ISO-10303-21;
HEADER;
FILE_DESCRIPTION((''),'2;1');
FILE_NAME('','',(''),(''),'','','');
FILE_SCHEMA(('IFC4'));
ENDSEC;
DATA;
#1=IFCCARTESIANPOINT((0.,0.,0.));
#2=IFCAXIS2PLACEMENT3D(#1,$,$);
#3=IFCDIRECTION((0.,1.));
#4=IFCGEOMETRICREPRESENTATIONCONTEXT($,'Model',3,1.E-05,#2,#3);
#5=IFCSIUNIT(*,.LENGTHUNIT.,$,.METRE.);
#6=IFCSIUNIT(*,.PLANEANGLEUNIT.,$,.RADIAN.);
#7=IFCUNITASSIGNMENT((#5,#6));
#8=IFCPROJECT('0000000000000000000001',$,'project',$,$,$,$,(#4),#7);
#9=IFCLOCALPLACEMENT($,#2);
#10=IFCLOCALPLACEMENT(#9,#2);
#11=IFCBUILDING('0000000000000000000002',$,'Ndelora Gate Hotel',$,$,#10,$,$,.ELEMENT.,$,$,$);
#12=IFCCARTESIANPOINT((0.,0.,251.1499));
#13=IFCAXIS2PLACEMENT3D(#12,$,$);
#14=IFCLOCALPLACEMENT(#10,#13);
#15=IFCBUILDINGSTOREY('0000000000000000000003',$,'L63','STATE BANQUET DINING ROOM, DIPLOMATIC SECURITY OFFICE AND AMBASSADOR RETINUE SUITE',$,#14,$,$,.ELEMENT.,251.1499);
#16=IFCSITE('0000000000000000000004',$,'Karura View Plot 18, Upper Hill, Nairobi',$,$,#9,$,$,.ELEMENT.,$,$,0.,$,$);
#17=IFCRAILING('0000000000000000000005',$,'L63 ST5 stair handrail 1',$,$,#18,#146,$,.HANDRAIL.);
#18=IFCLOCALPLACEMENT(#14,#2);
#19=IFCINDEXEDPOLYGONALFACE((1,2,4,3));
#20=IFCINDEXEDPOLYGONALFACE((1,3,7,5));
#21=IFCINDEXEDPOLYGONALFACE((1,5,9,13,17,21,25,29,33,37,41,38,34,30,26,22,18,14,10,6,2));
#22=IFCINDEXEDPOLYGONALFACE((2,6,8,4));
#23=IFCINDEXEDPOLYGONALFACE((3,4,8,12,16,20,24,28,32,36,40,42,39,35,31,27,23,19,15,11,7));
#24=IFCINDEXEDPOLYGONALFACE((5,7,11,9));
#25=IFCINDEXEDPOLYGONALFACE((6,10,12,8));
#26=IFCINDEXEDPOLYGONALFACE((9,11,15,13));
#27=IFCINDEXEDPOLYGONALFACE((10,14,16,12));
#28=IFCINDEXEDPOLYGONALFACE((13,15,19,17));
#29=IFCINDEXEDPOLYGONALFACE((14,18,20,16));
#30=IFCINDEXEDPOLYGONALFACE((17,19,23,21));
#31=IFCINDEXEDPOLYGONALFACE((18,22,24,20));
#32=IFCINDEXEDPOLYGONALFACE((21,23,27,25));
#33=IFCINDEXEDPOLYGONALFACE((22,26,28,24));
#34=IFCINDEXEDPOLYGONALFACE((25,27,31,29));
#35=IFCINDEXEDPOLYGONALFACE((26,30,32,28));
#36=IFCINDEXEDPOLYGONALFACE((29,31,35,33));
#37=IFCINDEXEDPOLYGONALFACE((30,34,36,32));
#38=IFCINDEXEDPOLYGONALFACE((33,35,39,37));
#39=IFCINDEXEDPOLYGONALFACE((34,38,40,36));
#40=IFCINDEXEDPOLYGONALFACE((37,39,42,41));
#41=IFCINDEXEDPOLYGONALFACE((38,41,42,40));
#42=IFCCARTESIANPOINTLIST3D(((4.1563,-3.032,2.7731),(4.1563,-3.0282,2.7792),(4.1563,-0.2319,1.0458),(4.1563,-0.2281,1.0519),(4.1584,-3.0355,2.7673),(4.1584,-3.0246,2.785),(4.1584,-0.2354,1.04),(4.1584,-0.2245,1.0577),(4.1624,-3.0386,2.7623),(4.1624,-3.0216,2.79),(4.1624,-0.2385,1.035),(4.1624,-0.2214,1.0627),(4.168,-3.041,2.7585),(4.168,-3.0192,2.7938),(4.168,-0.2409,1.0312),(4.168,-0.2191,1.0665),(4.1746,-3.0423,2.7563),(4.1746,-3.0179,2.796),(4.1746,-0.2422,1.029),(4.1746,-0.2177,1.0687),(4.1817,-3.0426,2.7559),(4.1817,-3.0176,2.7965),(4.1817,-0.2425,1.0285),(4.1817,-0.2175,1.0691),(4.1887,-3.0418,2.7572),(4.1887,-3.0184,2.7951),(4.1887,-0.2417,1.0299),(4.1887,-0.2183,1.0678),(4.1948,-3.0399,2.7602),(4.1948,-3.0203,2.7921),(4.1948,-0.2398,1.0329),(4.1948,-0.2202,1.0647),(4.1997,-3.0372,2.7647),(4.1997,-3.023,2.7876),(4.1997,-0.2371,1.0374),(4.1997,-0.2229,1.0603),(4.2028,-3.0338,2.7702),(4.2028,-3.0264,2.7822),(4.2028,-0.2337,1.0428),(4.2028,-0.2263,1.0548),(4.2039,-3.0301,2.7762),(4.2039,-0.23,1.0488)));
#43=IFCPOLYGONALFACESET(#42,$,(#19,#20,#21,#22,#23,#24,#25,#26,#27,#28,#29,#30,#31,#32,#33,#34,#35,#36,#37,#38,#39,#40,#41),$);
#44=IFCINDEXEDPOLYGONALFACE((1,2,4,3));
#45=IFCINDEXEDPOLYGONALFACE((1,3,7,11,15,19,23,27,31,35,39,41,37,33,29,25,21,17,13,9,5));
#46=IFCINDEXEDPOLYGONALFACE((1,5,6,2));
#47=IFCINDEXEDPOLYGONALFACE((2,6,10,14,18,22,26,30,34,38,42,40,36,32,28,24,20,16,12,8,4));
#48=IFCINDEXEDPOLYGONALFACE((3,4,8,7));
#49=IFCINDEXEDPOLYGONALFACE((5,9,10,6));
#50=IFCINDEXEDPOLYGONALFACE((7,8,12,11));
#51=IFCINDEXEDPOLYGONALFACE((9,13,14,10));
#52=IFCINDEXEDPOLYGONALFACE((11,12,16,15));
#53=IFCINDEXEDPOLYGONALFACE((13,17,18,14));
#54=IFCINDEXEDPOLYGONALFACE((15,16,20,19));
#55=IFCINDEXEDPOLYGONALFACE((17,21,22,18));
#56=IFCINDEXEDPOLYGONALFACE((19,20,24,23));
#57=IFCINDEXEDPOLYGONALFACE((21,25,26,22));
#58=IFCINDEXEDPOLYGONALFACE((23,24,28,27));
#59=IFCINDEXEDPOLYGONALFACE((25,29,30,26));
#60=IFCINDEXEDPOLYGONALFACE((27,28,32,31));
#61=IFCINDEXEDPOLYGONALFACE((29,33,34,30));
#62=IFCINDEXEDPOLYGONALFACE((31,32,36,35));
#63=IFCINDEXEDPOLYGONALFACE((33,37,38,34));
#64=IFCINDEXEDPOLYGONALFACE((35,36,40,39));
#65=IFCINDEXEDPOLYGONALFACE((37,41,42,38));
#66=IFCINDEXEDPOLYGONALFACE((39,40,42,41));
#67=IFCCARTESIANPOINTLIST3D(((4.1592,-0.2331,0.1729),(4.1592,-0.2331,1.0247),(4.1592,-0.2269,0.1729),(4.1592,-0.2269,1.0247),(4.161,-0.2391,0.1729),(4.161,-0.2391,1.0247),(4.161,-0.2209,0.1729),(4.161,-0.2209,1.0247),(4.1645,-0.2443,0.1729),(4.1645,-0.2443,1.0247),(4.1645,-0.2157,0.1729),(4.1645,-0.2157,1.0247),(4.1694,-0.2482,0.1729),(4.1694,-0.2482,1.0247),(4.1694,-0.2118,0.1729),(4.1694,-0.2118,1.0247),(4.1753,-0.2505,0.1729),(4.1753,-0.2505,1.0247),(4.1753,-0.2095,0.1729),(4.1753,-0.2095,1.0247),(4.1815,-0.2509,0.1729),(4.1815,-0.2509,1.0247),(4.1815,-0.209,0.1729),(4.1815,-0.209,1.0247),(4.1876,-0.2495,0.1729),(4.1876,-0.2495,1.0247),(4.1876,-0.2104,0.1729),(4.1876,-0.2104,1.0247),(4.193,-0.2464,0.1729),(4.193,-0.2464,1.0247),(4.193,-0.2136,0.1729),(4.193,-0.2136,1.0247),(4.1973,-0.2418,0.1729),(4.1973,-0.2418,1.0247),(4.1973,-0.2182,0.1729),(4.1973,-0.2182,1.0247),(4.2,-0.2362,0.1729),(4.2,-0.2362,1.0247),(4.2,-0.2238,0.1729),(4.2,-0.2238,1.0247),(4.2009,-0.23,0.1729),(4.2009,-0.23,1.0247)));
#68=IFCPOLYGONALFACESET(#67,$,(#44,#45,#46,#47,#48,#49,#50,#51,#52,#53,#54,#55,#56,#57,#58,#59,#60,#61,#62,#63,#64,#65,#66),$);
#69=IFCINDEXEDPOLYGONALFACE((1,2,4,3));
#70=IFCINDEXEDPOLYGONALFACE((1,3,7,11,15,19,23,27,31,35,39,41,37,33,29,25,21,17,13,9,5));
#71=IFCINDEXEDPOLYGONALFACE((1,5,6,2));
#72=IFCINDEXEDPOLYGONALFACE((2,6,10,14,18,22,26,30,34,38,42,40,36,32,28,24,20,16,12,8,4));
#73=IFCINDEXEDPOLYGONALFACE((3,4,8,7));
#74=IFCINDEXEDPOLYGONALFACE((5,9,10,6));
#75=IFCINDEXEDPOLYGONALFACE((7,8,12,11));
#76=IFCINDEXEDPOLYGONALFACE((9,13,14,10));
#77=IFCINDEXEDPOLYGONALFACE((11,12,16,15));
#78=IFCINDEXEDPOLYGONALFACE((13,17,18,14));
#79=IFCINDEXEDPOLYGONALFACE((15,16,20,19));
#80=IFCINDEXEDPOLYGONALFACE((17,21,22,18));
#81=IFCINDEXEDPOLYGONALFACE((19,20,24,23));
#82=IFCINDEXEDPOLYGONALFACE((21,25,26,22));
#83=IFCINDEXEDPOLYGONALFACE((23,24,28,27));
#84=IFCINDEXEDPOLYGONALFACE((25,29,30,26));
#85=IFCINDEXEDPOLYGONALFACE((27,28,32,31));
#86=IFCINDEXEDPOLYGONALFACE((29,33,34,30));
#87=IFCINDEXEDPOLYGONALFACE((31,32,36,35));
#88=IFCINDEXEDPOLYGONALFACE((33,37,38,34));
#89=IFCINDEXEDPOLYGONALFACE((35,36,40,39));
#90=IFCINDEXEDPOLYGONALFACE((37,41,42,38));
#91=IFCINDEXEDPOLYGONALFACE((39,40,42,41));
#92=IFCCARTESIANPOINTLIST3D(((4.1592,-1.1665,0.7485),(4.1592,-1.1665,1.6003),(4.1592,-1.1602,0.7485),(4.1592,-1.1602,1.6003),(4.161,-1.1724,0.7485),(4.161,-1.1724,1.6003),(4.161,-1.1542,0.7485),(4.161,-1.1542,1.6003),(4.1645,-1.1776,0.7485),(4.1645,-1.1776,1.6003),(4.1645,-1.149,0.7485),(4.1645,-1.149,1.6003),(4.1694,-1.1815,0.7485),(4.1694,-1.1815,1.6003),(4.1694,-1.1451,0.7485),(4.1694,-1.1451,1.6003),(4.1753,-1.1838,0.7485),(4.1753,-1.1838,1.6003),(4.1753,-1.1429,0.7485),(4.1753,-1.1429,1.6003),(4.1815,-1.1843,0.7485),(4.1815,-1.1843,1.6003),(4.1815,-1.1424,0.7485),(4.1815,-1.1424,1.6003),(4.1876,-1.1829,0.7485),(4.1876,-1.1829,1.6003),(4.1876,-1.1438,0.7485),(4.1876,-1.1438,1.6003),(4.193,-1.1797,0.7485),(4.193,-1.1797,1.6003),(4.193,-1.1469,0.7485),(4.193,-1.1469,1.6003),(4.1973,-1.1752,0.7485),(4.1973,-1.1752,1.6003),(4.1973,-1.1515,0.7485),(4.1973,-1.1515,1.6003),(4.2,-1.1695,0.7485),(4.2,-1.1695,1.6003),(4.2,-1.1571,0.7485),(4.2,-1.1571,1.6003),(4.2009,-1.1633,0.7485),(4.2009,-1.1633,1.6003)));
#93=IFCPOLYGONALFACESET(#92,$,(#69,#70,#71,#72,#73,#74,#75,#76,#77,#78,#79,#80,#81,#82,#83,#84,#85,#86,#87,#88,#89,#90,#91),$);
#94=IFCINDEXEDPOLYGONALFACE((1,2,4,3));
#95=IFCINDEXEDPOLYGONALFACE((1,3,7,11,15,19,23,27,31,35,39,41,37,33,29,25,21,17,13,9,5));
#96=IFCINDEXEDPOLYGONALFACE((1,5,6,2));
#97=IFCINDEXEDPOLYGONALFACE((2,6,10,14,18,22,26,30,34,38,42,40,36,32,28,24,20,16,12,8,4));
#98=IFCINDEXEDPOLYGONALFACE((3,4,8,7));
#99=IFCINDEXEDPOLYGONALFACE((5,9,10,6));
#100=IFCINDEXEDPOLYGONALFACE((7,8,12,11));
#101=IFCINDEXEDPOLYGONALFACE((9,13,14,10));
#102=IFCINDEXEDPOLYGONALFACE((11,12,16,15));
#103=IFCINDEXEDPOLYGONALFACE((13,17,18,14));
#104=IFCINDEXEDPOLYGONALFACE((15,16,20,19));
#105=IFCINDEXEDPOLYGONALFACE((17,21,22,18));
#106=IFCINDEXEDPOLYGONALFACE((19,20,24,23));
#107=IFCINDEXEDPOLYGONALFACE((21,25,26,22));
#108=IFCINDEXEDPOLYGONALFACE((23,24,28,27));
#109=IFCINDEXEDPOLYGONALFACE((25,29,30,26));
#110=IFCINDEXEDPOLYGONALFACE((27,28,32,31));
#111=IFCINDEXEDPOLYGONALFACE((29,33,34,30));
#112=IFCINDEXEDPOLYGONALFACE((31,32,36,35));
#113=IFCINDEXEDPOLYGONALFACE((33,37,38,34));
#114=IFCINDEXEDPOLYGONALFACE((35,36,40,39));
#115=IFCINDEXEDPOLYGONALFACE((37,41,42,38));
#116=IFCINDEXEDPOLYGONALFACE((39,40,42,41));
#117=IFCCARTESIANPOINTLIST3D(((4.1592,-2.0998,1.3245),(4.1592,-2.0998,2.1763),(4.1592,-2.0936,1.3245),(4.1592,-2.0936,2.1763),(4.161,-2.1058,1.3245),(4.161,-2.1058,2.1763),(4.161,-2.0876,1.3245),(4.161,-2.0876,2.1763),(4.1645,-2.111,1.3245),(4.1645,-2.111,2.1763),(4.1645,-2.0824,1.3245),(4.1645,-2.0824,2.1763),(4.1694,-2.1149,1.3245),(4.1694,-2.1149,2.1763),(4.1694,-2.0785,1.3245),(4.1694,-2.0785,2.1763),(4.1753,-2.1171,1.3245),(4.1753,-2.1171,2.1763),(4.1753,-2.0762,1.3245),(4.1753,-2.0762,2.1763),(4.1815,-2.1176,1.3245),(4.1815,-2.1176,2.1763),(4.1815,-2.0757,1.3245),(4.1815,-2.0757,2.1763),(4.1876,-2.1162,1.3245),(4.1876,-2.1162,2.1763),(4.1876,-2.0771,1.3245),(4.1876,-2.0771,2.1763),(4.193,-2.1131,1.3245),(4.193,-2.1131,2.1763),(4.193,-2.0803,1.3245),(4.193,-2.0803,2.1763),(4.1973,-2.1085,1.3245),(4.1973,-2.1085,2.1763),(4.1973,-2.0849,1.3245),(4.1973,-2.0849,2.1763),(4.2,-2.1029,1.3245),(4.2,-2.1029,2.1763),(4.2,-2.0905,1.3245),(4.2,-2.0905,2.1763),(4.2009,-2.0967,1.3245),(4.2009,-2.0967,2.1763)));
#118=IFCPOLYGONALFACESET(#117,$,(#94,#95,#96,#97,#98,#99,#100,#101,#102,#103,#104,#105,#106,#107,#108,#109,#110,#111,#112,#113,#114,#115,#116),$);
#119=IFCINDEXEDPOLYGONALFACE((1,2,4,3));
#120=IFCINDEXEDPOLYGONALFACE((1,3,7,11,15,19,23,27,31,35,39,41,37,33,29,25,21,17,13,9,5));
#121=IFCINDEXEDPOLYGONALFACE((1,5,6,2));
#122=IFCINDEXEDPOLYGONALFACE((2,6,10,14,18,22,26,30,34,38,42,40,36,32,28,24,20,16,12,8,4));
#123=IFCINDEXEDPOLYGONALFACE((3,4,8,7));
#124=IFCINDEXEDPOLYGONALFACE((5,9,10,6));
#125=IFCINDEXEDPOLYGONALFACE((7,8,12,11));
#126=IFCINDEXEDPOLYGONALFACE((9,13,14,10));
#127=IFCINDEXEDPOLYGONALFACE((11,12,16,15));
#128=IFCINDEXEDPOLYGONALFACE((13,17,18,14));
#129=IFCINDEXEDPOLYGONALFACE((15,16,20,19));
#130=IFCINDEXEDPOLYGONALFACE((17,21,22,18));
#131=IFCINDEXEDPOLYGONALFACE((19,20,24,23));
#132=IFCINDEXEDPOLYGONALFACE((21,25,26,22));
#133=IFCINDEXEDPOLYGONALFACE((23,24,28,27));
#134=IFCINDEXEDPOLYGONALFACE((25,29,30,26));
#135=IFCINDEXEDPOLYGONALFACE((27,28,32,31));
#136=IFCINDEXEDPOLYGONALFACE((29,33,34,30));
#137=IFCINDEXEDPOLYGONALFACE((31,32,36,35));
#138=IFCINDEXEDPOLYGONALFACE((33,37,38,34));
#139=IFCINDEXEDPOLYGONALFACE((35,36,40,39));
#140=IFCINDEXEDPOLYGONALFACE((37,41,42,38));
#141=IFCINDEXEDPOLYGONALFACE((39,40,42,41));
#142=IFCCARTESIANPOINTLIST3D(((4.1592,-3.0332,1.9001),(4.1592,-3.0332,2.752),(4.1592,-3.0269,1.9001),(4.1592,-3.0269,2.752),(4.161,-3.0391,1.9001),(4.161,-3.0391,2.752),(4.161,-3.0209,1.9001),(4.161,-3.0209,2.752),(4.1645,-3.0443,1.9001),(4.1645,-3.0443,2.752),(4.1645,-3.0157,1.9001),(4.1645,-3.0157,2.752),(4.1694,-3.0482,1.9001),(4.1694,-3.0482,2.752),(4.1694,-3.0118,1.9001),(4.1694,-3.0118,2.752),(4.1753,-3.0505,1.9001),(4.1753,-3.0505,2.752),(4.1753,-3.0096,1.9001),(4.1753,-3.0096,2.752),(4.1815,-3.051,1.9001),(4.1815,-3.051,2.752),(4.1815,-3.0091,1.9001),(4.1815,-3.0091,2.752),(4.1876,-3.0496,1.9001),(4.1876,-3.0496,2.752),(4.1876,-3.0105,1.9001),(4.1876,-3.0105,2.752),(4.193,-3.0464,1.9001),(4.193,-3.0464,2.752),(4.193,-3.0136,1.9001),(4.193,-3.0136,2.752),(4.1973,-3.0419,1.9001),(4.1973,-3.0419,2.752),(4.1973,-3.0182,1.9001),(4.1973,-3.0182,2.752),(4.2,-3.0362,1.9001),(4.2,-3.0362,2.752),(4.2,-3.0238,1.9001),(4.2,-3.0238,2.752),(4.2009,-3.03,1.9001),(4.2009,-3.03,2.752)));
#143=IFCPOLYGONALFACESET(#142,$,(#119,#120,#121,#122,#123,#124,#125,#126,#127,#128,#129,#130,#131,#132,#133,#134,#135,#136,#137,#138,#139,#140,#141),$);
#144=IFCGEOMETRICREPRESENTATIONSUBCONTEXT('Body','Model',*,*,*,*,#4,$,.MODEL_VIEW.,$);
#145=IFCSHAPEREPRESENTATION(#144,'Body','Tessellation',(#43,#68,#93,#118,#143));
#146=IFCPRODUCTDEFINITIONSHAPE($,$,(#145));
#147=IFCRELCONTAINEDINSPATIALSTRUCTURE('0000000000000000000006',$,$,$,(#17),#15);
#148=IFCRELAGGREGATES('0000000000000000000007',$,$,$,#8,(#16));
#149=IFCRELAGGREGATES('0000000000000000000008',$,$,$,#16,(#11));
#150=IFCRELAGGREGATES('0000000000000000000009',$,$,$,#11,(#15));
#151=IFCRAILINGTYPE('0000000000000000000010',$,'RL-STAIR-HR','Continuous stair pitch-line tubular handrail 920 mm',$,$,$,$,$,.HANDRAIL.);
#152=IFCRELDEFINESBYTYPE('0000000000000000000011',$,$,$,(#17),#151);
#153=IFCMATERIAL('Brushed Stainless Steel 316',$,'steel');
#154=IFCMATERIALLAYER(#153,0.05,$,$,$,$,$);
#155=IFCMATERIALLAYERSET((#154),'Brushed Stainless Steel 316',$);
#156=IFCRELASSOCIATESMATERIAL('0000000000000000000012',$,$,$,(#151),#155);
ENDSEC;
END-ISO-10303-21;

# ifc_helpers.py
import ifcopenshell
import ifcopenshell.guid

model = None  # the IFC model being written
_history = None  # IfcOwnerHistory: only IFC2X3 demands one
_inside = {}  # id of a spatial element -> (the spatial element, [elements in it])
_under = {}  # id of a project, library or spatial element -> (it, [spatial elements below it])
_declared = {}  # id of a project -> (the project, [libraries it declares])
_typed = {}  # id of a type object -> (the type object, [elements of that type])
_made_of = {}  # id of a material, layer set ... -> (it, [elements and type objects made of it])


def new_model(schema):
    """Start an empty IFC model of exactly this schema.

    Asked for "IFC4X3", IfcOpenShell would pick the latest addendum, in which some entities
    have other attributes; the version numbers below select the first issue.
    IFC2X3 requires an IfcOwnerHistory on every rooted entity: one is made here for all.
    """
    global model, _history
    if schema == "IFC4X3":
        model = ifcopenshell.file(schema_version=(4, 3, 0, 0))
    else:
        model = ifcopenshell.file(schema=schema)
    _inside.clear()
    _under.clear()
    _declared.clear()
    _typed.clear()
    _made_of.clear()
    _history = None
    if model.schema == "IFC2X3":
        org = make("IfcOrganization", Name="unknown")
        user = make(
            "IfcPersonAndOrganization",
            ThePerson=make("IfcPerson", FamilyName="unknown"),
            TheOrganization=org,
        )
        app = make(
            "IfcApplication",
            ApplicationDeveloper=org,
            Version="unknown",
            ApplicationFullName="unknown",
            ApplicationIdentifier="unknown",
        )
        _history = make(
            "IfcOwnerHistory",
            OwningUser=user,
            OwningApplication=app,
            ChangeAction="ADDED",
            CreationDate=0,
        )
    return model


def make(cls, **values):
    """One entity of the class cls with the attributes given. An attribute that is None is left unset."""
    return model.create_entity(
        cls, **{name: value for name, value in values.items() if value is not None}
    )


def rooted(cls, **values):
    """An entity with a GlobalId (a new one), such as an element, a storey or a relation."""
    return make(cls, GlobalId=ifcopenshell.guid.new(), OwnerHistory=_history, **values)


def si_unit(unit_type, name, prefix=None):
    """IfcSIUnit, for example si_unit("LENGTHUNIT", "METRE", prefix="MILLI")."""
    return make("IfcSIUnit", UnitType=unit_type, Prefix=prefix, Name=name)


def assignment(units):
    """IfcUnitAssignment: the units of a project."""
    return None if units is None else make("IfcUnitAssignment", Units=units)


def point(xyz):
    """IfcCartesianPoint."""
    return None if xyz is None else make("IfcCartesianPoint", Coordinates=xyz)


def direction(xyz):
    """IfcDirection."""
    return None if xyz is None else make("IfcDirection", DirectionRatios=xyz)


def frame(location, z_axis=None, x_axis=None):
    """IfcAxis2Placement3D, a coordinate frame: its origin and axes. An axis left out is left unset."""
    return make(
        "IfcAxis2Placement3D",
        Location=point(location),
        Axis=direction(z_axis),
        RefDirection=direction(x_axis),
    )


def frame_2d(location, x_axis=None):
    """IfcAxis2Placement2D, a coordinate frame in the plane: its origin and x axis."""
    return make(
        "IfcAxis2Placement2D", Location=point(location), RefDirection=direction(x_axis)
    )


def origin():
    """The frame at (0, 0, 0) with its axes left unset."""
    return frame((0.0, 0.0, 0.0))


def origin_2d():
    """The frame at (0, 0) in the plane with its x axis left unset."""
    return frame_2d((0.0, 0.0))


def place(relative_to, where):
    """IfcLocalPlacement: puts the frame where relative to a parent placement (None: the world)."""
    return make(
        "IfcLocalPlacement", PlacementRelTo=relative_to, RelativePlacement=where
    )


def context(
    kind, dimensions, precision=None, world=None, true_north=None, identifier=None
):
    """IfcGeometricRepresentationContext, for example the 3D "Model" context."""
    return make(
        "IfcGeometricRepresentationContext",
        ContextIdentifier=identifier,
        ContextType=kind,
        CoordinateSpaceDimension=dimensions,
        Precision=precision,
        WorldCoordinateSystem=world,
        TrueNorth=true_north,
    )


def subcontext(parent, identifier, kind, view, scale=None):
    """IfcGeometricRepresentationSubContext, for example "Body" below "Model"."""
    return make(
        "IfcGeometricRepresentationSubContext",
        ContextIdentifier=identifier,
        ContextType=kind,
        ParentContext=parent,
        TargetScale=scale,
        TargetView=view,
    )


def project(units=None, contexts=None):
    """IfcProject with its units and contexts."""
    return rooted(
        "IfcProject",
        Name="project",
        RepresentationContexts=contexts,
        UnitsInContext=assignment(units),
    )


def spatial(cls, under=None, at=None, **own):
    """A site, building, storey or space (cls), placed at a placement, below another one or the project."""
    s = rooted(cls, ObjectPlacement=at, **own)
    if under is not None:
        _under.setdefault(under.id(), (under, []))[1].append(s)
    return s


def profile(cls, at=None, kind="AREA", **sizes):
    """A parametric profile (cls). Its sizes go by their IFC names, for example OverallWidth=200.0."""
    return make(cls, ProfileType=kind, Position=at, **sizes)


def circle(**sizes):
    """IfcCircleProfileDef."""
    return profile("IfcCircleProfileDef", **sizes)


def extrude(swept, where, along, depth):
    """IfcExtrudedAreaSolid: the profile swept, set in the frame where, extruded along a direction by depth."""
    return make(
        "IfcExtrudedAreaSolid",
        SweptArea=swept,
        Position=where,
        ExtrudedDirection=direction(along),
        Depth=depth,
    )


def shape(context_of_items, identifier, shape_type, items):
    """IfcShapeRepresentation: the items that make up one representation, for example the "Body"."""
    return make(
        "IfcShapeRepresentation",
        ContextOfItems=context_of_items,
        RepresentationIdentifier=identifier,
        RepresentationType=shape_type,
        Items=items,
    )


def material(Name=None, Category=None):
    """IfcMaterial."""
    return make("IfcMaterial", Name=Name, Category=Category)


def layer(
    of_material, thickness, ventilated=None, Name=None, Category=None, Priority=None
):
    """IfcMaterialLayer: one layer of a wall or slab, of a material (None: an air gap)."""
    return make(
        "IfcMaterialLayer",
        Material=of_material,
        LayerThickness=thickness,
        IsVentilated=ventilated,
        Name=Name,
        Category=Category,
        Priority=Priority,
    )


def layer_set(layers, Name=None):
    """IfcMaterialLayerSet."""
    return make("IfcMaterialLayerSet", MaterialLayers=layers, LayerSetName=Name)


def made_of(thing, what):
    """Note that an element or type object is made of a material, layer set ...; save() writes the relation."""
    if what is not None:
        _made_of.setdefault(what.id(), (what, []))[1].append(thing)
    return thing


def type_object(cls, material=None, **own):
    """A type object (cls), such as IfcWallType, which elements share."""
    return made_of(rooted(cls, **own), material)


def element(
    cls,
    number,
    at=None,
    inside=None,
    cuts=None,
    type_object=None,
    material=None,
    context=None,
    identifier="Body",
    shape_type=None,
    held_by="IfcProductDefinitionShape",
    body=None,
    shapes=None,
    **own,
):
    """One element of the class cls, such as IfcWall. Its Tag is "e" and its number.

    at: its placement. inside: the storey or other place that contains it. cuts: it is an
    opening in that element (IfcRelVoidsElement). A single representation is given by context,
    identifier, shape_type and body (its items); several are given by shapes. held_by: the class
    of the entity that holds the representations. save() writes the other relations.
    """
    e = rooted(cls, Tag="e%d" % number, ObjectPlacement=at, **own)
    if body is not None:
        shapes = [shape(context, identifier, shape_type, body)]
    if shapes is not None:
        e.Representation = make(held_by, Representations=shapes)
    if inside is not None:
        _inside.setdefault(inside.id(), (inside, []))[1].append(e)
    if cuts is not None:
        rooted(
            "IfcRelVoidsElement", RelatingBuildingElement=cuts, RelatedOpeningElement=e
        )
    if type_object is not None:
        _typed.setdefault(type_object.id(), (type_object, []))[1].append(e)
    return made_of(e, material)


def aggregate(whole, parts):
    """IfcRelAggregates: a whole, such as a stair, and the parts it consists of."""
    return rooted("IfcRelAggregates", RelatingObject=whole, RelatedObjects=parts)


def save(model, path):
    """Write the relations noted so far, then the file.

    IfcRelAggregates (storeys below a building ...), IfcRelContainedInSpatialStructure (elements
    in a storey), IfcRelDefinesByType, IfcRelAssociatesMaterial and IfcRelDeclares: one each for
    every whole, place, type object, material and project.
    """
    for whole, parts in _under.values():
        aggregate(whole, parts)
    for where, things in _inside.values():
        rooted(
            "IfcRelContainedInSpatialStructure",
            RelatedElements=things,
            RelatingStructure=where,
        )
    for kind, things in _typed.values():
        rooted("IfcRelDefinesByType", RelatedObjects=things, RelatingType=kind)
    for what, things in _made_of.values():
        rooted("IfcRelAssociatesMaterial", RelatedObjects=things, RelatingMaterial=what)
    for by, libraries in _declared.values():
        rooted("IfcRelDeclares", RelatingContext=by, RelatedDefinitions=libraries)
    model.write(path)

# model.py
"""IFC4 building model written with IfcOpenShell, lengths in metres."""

from ifc_helpers import new_model, si_unit, direction, frame, origin, origin_2d, place, context, subcontext, project, spatial, circle, extrude, material, layer, layer_set, type_object, element, save


model = new_model("IFC4")

# Units and contexts
model_context = context("Model", 3, precision=1e-05, world=origin(), true_north=direction((0.0, 1.0)))
body_context = subcontext(model_context, "Body", "Model", "MODEL_VIEW")
ifc_project = project(units=[si_unit("LENGTHUNIT", "METRE"), si_unit("PLANEANGLEUNIT", "RADIAN")], contexts=[model_context])

# Site, building, storey
site_placement = place(None, origin())
site = spatial("IfcSite", under=ifc_project, at=site_placement, Name="Karura View Plot 18, Upper Hill, Nairobi", CompositionType="ELEMENT", RefElevation=0.0)
building_placement = place(site_placement, origin())
building = spatial("IfcBuilding", under=site, at=building_placement, Name="Ndelora Gate Hotel", CompositionType="ELEMENT")
storey_placement = place(building_placement, frame((0.0, 0.0, 251.1499)))
storey = spatial("IfcBuildingStorey", under=building, at=storey_placement, Name="L63", Description="STATE BANQUET DINING ROOM, DIPLOMATIC SECURITY OFFICE AND AMBASSADOR RETINUE SUITE", CompositionType="ELEMENT", Elevation=251.1499)

# Railing
ifc_material_1 = material(Name="Brushed Stainless Steel 316", Category="steel")
ifc_layer_1 = layer(ifc_material_1, 0.05)
ifc_layer_set_1 = layer_set([ifc_layer_1], Name="Brushed Stainless Steel 316")
railing_type_1 = type_object("IfcRailingType", Name="RL-STAIR-HR", Description="Continuous stair pitch-line tubular handrail 920 mm", PredefinedType="HANDRAIL", material=ifc_layer_set_1)
railing_1_placement = place(storey_placement, frame((4.1799, -0.23, 0.1729)))
element("IfcRailing", 1, at=railing_1_placement, inside=storey, type_object=railing_type_1, Name="L63 ST5 stair handrail 1", PredefinedType="HANDRAIL", context=body_context, shape_type="SweptSolid", body=[
    extrude(circle(Radius=0.0239, at=origin_2d()), frame((0.0, 0.0, 0.876), z_axis=(0.0, -0.85109, 0.52502), x_axis=(1.0, 0.0, 0.0)), (0.0, 0.0, 1.0), 3.29),
    extrude(circle(Radius=0.021, at=origin_2d()), origin(), (0.0, 0.0, 1.0), 0.8518),
    extrude(circle(Radius=0.021, at=origin_2d()), frame((0.0, -0.9333, 0.5757)), (0.0, 0.0, 1.0), 0.8518),
    extrude(circle(Radius=0.021, at=origin_2d()), frame((0.0, -1.8667, 1.1516)), (0.0, 0.0, 1.0), 0.8518),
    extrude(circle(Radius=0.021, at=origin_2d()), frame((0.0, -2.8, 1.7273)), (0.0, 0.0, 1.0), 0.8518),
])

save(model, "model.ifc")
